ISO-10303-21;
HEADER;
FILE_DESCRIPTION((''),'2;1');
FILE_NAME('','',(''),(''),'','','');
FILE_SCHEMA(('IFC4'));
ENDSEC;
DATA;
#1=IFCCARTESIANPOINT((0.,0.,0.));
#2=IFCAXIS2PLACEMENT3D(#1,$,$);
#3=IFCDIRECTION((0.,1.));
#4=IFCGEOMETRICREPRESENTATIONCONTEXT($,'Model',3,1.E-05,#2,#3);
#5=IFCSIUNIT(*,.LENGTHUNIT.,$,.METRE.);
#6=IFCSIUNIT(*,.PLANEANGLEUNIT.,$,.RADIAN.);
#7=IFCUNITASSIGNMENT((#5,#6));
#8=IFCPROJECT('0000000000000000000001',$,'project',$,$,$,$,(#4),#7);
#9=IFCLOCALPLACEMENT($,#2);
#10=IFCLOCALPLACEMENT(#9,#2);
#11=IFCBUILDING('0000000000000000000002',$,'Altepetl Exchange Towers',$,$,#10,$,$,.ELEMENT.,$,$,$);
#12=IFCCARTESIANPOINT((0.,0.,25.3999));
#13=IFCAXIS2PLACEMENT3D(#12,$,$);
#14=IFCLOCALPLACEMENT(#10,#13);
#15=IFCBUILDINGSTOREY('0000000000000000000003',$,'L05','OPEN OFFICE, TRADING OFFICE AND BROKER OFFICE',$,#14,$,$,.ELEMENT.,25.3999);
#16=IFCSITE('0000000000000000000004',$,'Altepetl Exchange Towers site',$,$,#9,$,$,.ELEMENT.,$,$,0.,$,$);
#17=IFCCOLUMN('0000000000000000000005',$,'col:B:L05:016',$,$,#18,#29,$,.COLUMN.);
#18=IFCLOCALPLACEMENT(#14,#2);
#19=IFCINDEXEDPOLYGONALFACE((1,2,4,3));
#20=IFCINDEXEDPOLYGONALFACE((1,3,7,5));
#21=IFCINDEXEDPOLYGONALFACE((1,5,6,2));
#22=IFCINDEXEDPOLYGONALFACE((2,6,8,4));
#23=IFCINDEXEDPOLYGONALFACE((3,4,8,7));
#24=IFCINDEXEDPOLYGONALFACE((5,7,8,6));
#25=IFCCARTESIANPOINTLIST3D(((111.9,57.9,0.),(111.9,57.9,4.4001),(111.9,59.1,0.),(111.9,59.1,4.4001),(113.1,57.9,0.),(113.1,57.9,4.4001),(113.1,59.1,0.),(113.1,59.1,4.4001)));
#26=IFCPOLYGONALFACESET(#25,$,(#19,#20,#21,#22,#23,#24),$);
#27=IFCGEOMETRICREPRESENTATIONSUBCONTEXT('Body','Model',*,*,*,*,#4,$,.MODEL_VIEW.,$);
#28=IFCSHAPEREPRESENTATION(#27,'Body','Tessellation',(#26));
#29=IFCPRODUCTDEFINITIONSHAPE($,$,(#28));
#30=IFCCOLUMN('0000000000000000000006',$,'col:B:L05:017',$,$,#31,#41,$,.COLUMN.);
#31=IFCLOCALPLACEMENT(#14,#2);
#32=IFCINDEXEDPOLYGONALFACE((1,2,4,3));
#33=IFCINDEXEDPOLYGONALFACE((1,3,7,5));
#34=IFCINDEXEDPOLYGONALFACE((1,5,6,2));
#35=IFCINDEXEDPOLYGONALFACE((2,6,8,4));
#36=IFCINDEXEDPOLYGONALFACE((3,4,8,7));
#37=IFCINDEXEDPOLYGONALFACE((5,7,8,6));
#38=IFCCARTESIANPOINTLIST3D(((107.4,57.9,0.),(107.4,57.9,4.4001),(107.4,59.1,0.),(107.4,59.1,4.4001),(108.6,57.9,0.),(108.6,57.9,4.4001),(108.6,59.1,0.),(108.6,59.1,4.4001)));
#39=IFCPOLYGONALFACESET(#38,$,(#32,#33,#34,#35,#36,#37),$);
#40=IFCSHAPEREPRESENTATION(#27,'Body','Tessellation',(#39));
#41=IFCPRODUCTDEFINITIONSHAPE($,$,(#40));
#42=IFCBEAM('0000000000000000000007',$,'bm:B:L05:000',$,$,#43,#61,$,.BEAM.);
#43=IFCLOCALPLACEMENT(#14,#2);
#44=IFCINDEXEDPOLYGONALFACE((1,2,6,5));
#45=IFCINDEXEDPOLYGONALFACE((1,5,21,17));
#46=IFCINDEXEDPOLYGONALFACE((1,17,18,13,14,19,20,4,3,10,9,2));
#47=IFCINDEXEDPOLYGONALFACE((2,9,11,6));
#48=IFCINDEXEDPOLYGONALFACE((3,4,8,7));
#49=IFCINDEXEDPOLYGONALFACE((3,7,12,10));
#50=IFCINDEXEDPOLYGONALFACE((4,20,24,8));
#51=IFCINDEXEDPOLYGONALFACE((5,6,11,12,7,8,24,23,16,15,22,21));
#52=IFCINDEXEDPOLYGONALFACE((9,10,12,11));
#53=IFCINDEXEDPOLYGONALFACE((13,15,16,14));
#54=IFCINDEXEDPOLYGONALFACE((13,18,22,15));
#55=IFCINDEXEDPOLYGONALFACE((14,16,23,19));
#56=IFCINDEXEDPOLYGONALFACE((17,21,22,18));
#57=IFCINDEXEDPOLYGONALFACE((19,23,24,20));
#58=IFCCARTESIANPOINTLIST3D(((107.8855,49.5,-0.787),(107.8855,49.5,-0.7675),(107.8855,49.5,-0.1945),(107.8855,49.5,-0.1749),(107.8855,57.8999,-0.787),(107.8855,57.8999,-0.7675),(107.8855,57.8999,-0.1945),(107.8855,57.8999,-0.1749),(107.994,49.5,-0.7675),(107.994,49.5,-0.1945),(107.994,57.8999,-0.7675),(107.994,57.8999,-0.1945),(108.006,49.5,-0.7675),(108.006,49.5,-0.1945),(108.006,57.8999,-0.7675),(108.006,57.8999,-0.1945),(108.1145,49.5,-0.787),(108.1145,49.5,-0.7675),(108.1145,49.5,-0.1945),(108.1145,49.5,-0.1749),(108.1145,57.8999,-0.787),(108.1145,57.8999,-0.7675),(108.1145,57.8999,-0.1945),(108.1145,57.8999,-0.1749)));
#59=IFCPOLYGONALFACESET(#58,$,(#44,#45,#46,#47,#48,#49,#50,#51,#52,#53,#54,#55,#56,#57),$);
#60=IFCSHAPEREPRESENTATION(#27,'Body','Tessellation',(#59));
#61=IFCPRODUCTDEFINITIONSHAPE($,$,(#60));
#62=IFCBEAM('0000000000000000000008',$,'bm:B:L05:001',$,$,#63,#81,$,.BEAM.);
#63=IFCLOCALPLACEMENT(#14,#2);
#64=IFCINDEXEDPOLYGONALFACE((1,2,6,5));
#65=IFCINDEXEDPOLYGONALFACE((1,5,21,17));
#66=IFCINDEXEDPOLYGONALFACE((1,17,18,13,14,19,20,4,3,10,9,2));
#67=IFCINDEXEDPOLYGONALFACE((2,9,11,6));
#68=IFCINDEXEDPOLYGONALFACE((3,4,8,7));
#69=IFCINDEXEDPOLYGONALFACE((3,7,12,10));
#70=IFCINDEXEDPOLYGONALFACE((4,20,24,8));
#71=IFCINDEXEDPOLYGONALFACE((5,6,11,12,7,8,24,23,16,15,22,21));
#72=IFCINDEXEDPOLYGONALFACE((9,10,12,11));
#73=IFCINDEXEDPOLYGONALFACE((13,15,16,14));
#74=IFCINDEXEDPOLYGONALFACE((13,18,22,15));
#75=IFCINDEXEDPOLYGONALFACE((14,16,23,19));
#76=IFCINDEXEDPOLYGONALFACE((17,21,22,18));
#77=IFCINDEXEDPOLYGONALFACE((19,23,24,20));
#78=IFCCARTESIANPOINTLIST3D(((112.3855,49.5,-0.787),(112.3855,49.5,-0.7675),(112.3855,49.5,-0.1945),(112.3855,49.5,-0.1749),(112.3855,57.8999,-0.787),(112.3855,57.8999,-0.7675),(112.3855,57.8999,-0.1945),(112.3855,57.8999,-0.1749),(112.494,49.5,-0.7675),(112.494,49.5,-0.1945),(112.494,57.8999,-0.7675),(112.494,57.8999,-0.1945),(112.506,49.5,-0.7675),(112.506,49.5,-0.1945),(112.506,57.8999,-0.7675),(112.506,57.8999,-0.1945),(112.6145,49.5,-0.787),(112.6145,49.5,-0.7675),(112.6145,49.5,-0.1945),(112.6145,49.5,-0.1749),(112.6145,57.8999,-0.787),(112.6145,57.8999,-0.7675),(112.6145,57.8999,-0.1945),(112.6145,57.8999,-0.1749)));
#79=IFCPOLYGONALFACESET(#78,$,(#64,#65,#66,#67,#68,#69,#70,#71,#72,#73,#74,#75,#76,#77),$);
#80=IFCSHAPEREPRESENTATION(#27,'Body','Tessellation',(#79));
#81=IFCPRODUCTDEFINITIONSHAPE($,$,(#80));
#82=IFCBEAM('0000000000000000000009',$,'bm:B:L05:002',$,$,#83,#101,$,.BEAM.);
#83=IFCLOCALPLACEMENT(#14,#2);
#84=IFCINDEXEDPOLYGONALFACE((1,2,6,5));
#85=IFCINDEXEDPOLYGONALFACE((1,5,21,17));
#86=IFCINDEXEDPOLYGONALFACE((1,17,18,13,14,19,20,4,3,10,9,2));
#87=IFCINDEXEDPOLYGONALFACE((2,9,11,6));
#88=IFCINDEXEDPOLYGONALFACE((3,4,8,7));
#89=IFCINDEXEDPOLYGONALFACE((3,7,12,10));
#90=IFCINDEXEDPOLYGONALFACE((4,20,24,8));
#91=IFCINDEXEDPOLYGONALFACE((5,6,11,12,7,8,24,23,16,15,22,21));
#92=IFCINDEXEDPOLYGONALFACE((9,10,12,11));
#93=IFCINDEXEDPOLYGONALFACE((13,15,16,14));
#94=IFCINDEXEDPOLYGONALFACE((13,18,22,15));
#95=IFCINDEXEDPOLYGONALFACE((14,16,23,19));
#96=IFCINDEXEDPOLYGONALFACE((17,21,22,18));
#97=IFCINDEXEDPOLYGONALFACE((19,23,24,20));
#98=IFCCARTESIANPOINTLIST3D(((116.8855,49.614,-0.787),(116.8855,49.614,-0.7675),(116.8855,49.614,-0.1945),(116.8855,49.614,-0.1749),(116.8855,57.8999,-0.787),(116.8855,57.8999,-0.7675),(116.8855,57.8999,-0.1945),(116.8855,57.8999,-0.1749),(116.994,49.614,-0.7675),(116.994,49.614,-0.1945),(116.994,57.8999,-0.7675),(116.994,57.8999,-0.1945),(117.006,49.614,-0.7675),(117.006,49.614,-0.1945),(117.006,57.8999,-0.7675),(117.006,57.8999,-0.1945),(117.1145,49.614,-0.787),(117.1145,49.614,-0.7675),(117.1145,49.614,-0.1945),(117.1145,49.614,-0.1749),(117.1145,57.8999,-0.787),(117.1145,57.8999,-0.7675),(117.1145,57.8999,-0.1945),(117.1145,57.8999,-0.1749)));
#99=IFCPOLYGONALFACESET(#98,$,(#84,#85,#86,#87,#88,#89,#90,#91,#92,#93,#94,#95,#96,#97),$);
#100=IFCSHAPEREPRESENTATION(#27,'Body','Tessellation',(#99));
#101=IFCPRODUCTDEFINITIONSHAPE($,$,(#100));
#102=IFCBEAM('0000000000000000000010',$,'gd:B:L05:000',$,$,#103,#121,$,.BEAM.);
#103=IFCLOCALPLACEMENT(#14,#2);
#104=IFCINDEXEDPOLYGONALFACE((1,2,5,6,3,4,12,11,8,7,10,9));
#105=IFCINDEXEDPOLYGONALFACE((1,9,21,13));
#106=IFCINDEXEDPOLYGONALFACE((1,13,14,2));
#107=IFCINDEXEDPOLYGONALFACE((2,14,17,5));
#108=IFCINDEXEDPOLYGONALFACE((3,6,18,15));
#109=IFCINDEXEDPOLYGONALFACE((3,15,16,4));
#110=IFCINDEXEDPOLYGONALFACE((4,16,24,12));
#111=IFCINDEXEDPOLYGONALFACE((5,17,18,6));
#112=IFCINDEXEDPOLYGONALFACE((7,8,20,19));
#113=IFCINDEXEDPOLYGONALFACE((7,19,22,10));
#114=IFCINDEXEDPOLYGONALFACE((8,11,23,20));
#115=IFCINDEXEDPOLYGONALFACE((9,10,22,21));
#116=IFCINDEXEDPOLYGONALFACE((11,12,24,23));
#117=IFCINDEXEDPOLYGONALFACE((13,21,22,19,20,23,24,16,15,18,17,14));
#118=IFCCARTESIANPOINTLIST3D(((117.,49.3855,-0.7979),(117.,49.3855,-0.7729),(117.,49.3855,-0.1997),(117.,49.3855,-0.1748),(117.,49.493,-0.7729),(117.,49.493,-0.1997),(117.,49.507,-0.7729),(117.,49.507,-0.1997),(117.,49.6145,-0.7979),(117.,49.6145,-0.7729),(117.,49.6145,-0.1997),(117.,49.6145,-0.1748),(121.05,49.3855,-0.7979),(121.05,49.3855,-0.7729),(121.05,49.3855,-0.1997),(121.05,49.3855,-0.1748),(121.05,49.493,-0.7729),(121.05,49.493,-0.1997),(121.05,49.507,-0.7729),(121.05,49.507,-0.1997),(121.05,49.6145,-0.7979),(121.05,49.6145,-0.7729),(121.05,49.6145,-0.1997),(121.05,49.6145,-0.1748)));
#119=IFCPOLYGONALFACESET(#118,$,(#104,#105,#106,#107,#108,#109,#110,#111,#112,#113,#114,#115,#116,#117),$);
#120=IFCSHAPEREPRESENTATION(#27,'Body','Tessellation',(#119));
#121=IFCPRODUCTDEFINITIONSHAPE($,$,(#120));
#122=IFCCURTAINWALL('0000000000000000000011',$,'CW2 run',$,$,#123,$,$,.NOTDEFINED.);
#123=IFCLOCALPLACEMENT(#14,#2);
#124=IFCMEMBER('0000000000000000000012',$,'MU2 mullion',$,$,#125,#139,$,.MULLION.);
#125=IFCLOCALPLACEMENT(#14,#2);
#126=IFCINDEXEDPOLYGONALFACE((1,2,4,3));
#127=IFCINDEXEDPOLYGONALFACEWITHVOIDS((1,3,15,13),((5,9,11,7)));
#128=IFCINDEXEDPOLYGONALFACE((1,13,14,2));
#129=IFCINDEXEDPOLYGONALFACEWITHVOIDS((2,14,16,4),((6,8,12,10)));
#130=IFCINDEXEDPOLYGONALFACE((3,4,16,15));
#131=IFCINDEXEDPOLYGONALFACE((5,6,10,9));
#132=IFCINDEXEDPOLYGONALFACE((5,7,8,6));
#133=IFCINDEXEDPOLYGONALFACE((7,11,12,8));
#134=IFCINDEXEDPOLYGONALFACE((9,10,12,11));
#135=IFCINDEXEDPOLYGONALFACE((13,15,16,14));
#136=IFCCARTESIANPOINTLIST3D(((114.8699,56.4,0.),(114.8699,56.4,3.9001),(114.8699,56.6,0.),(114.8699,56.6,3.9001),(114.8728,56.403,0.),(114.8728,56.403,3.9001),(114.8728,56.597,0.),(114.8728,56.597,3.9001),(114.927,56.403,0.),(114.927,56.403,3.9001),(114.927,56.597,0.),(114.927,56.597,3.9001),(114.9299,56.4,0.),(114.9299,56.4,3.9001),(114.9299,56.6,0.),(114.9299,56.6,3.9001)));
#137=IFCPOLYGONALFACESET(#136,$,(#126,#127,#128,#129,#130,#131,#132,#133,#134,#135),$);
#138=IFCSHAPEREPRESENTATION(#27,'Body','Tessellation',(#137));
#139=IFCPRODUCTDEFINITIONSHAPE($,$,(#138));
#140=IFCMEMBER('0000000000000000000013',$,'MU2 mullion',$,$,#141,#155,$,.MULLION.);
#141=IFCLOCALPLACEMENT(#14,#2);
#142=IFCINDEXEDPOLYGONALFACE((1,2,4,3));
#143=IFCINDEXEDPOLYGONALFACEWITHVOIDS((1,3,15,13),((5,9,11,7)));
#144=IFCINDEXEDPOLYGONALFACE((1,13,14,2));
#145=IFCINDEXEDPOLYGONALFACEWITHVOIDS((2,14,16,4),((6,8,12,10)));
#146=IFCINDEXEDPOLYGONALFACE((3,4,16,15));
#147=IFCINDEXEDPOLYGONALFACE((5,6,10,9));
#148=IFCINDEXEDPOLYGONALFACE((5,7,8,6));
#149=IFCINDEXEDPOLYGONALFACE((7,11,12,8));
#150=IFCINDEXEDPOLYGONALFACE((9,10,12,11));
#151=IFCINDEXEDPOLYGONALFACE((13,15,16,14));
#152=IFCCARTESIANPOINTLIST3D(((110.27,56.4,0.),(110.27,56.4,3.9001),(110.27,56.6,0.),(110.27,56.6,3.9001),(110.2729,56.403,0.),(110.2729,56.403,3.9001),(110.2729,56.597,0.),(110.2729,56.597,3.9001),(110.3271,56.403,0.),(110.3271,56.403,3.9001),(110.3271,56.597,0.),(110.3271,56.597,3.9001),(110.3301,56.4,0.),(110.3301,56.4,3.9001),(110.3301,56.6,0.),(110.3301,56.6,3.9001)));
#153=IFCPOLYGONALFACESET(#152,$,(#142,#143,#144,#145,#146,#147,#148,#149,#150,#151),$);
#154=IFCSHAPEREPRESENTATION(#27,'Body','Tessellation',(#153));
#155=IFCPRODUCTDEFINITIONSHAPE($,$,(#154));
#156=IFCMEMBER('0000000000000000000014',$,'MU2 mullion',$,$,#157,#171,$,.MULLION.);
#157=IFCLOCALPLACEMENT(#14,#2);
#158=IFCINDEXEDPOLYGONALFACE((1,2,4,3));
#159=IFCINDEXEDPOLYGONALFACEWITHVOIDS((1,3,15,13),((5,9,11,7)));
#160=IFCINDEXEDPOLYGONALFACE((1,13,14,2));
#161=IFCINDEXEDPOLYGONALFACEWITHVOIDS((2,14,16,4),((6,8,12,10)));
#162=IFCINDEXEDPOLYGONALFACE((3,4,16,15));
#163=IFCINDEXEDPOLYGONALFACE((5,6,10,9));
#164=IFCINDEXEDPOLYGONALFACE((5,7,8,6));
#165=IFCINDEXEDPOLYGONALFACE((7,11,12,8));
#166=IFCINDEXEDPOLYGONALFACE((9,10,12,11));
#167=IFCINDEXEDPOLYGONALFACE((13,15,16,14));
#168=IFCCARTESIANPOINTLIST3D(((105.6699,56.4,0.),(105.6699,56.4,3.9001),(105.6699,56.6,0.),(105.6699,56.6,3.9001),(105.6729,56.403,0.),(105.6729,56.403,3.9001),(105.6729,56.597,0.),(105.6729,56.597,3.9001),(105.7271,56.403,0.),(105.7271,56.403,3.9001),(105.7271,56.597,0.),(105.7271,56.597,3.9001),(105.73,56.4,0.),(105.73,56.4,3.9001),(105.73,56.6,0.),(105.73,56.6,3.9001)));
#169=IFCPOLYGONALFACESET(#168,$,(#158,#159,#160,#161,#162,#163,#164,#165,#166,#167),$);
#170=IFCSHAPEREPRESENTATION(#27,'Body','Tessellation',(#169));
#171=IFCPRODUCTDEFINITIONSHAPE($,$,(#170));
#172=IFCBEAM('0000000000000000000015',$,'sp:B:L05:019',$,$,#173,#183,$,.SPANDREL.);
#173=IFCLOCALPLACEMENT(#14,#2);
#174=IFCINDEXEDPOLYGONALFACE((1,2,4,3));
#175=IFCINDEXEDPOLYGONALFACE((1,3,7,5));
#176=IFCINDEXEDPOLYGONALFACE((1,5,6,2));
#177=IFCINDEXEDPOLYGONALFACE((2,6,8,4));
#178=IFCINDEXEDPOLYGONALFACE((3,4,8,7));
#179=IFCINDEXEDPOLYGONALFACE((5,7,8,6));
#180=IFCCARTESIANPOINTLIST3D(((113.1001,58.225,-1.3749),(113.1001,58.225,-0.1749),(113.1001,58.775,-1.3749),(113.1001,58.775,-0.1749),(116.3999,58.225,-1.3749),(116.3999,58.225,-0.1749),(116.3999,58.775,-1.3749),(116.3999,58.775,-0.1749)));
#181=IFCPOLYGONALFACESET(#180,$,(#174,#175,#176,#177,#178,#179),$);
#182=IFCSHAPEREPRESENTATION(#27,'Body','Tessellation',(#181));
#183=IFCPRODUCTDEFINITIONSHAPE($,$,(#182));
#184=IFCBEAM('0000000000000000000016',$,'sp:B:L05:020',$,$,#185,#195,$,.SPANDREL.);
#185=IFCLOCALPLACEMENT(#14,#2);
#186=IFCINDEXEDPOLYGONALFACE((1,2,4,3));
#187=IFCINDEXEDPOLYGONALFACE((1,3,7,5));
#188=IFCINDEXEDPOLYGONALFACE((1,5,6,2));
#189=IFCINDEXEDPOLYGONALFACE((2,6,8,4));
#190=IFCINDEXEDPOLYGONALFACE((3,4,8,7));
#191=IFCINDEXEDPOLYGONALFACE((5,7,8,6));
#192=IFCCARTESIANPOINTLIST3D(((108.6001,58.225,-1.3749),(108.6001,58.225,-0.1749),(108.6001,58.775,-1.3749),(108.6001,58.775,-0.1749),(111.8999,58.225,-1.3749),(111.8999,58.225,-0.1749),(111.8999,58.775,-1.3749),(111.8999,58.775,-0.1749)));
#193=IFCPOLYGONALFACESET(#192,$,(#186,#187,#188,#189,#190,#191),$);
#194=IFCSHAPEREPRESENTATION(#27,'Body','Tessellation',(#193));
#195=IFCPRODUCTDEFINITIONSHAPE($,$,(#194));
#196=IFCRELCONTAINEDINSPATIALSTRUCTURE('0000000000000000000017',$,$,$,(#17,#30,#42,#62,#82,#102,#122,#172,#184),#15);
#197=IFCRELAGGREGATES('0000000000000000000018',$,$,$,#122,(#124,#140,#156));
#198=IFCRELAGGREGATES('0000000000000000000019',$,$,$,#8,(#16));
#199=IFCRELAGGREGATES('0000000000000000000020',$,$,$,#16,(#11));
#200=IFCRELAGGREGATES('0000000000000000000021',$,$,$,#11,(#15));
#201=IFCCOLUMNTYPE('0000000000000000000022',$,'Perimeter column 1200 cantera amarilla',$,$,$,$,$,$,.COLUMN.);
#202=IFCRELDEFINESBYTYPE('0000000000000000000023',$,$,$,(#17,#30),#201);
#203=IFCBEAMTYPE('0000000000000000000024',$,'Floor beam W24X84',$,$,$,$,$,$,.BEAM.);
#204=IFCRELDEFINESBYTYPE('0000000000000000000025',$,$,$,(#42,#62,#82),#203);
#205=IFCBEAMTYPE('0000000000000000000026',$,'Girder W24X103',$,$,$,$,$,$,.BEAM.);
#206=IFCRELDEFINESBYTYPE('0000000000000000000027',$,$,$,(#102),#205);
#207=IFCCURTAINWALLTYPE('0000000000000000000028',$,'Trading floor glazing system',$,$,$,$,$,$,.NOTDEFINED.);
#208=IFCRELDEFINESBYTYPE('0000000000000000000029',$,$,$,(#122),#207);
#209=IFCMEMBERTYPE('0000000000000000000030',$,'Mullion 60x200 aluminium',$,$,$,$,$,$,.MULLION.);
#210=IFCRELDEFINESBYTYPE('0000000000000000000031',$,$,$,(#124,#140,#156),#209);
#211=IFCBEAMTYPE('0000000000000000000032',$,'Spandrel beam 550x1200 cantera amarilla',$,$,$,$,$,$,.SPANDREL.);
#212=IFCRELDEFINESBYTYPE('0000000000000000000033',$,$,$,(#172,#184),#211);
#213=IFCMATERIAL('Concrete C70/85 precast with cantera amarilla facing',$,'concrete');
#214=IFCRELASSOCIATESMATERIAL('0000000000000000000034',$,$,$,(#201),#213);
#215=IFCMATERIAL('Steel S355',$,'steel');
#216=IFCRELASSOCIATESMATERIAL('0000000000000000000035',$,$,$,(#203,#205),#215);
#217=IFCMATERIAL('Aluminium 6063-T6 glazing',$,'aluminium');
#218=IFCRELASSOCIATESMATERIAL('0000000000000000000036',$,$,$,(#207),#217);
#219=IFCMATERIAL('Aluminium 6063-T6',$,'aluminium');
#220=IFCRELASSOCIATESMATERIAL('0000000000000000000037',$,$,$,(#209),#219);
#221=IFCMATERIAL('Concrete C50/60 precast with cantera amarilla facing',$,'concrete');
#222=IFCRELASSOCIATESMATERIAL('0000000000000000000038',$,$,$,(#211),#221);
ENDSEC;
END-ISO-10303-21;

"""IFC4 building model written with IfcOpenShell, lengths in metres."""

from ifc_helpers import new_model, si_unit, direction, frame, origin, origin_2d, place, context, subcontext, project, spatial, rectangle, hollow_rectangle, i_section, extrude, material, material_profile, profile_set, type_object, element, aggregate, save


model = new_model("IFC4")

# Units and contexts
model_context = context("Model", 3, precision=1e-05, world=origin(), true_north=direction((0.0, 1.0)))
body_context = subcontext(model_context, "Body", "Model", "MODEL_VIEW")
ifc_project = project(units=[si_unit("LENGTHUNIT", "METRE"), si_unit("PLANEANGLEUNIT", "RADIAN")], contexts=[model_context])

# Site, building, storey
site_placement = place(None, origin())
site = spatial("IfcSite", under=ifc_project, at=site_placement, Name="Altepetl Exchange Towers site", CompositionType="ELEMENT", RefElevation=0.0)
building_placement = place(site_placement, origin())
building = spatial("IfcBuilding", under=site, at=building_placement, Name="Altepetl Exchange Towers", CompositionType="ELEMENT")
storey_placement = place(building_placement, frame((0.0, 0.0, 25.3999)))
storey = spatial("IfcBuildingStorey", under=building, at=storey_placement, Name="L05", Description="OPEN OFFICE, TRADING OFFICE AND BROKER OFFICE", CompositionType="ELEMENT", Elevation=25.3999)

# Columns
ifc_material_1 = material(Name="Concrete C70/85 precast with cantera amarilla facing", Category="concrete")
ifc_material_profile_1 = material_profile(ifc_material_1, rectangle(XDim=1.2, YDim=1.2, at=origin_2d()), Name="1200 x 1200")
ifc_profile_set_1 = profile_set([ifc_material_profile_1], Name="Concrete C70/85 precast with cantera amarilla facing")
column_type = type_object("IfcColumnType", Name="Perimeter column 1200 cantera amarilla", PredefinedType="COLUMN", material=ifc_profile_set_1)
for number, where, name in (
    (1, (112.5, 58.5, 0.0), "col:B:L05:016"),
    (2, (108.0, 58.5, 0.0), "col:B:L05:017"),
):
    element("IfcColumn", number, at=place(storey_placement, frame(where)), inside=storey, type_object=column_type, Name=name, PredefinedType="COLUMN", context=body_context, shape_type="SweptSolid", body=[
        extrude(rectangle(XDim=1.2, YDim=1.2, at=origin_2d()), origin(), (0.0, 0.0, 1.0), 4.4001),
    ])

# Beams
ifc_material_2 = material(Name="Steel S355", Category="steel")
ifc_material_profile_2 = material_profile(ifc_material_2, i_section(OverallWidth=0.229, OverallDepth=0.6121, WebThickness=0.012, FlangeThickness=0.0195, at=origin_2d()), Name="W24X84")
ifc_profile_set_2 = profile_set([ifc_material_profile_2], Name="Steel S355")
beam_type_1 = type_object("IfcBeamType", Name="Floor beam W24X84", PredefinedType="BEAM", material=ifc_profile_set_2)
for number, where, z_axis, x_axis, name in (
    (3, (108.0, 49.5, -0.481), (0.0, 1.0, 0.0), (-1.0, 0.0, 0.0), "bm:B:L05:000"),
    (4, (112.5, 49.5, -0.481), (0.0, 1.0, 0.0), (-1.0, 0.0, 0.0), "bm:B:L05:001"),
):
    element("IfcBeam", number, at=place(storey_placement, frame(where, z_axis=z_axis, x_axis=x_axis)), inside=storey, type_object=beam_type_1, Name=name, PredefinedType="BEAM", context=body_context, shape_type="SweptSolid", body=[
        extrude(i_section(OverallWidth=0.229, OverallDepth=0.6121, WebThickness=0.012, FlangeThickness=0.0195, at=origin_2d()), origin(), (0.0, 0.0, 1.0), 8.3999),
    ])
beam_1_placement = place(storey_placement, frame((117.0, 49.614, -0.481), z_axis=(0.0, 1.0, 0.0), x_axis=(-1.0, 0.0, 0.0)))
element("IfcBeam", 5, at=beam_1_placement, inside=storey, type_object=beam_type_1, Name="bm:B:L05:002", PredefinedType="BEAM", context=body_context, shape_type="SweptSolid", body=[
    extrude(i_section(OverallWidth=0.229, OverallDepth=0.6121, WebThickness=0.012, FlangeThickness=0.0195, at=origin_2d()), origin(), (0.0, 0.0, 1.0), 8.2859),
])
ifc_material_profile_3 = material_profile(ifc_material_2, i_section(OverallWidth=0.229, OverallDepth=0.623, WebThickness=0.0139, FlangeThickness=0.0249, at=origin_2d()), Name="W24X103")
ifc_profile_set_3 = profile_set([ifc_material_profile_3], Name="Steel S355")
beam_type_2 = type_object("IfcBeamType", Name="Girder W24X103", PredefinedType="BEAM", material=ifc_profile_set_3)
beam_2_placement = place(storey_placement, frame((117.0, 49.5, -0.4863), z_axis=(1.0, 0.0, 0.0), x_axis=(0.0, 1.0, 0.0)))
element("IfcBeam", 6, at=beam_2_placement, inside=storey, type_object=beam_type_2, Name="gd:B:L05:000", PredefinedType="BEAM", context=body_context, shape_type="SweptSolid", body=[
    extrude(i_section(OverallWidth=0.229, OverallDepth=0.623, WebThickness=0.0139, FlangeThickness=0.0249, at=origin_2d()), origin(), (0.0, 0.0, 1.0), 4.05),
])

# Curtain wall, members
ifc_material_3 = material(Name="Aluminium 6063-T6 glazing", Category="aluminium")
curtain_wall_type = type_object("IfcCurtainWallType", Name="Trading floor glazing system", PredefinedType="NOTDEFINED", material=ifc_material_3)
curtain_wall_placement = place(storey_placement, origin())
curtain_wall = element("IfcCurtainWall", 7, at=curtain_wall_placement, inside=storey, type_object=curtain_wall_type, Name="CW2 run", PredefinedType="NOTDEFINED")
ifc_material_4 = material(Name="Aluminium 6063-T6", Category="aluminium")
ifc_material_profile_4 = material_profile(ifc_material_4, hollow_rectangle(XDim=0.0601, YDim=0.2, WallThickness=0.0029, at=origin_2d()), Name="Mullion 60x200 aluminium")
ifc_profile_set_4 = profile_set([ifc_material_profile_4], Name="Aluminium 6063-T6")
member_type = type_object("IfcMemberType", Name="Mullion 60x200 aluminium", PredefinedType="MULLION", material=ifc_profile_set_4)
member_1_placement = place(storey_placement, frame((114.8999, 56.5, 0.0), z_axis=(0.0, 0.0, 1.0), x_axis=(-1.0, 0.0, 0.0)))
member_1 = element("IfcMember", 8, at=member_1_placement, type_object=member_type, Name="MU2 mullion", PredefinedType="MULLION", context=body_context, shape_type="SweptSolid", body=[
    extrude(hollow_rectangle(XDim=0.0601, YDim=0.2, WallThickness=0.0029, at=origin_2d()), origin(), (0.0, 0.0, 1.0), 3.9001),
])
member_2_placement = place(storey_placement, frame((110.3, 56.5, 0.0), z_axis=(0.0, 0.0, 1.0), x_axis=(-1.0, 0.0, 0.0)))
member_2 = element("IfcMember", 9, at=member_2_placement, type_object=member_type, Name="MU2 mullion", PredefinedType="MULLION", context=body_context, shape_type="SweptSolid", body=[
    extrude(hollow_rectangle(XDim=0.0601, YDim=0.2, WallThickness=0.0029, at=origin_2d()), origin(), (0.0, 0.0, 1.0), 3.9001),
])
member_3_placement = place(storey_placement, frame((105.7, 56.5, 0.0), z_axis=(0.0, 0.0, 1.0), x_axis=(-1.0, 0.0, 0.0)))
member_3 = element("IfcMember", 10, at=member_3_placement, type_object=member_type, Name="MU2 mullion", PredefinedType="MULLION", context=body_context, shape_type="SweptSolid", body=[
    extrude(hollow_rectangle(XDim=0.0601, YDim=0.2, WallThickness=0.0029, at=origin_2d()), origin(), (0.0, 0.0, 1.0), 3.9001),
])

# Beams
ifc_material_5 = material(Name="Concrete C50/60 precast with cantera amarilla facing", Category="concrete")
ifc_material_profile_5 = material_profile(ifc_material_5, rectangle(XDim=0.55, YDim=1.2, at=origin_2d()), Name="550 x 1200")
ifc_profile_set_5 = profile_set([ifc_material_profile_5], Name="Concrete C50/60 precast with cantera amarilla facing")
beam_type_3 = type_object("IfcBeamType", Name="Spandrel beam 550x1200 cantera amarilla", PredefinedType="SPANDREL", material=ifc_profile_set_5)
for number, where, z_axis, x_axis, name in (
    (11, (116.3999, 58.5, -0.7749), (-1.0, 0.0, 0.0), (0.0, -1.0, 0.0), "sp:B:L05:019"),
    (12, (111.8999, 58.5, -0.7749), (-1.0, 0.0, 0.0), (0.0, -1.0, 0.0), "sp:B:L05:020"),
):
    element("IfcBeam", number, at=place(storey_placement, frame(where, z_axis=z_axis, x_axis=x_axis)), inside=storey, type_object=beam_type_3, Name=name, PredefinedType="SPANDREL", context=body_context, shape_type="SweptSolid", body=[
        extrude(rectangle(XDim=0.55, YDim=1.2, at=origin_2d()), origin(), (0.0, 0.0, 1.0), 3.2998),
    ])

aggregate(curtain_wall, [member_1, member_2, member_3])

save(model, "model.ifc")
